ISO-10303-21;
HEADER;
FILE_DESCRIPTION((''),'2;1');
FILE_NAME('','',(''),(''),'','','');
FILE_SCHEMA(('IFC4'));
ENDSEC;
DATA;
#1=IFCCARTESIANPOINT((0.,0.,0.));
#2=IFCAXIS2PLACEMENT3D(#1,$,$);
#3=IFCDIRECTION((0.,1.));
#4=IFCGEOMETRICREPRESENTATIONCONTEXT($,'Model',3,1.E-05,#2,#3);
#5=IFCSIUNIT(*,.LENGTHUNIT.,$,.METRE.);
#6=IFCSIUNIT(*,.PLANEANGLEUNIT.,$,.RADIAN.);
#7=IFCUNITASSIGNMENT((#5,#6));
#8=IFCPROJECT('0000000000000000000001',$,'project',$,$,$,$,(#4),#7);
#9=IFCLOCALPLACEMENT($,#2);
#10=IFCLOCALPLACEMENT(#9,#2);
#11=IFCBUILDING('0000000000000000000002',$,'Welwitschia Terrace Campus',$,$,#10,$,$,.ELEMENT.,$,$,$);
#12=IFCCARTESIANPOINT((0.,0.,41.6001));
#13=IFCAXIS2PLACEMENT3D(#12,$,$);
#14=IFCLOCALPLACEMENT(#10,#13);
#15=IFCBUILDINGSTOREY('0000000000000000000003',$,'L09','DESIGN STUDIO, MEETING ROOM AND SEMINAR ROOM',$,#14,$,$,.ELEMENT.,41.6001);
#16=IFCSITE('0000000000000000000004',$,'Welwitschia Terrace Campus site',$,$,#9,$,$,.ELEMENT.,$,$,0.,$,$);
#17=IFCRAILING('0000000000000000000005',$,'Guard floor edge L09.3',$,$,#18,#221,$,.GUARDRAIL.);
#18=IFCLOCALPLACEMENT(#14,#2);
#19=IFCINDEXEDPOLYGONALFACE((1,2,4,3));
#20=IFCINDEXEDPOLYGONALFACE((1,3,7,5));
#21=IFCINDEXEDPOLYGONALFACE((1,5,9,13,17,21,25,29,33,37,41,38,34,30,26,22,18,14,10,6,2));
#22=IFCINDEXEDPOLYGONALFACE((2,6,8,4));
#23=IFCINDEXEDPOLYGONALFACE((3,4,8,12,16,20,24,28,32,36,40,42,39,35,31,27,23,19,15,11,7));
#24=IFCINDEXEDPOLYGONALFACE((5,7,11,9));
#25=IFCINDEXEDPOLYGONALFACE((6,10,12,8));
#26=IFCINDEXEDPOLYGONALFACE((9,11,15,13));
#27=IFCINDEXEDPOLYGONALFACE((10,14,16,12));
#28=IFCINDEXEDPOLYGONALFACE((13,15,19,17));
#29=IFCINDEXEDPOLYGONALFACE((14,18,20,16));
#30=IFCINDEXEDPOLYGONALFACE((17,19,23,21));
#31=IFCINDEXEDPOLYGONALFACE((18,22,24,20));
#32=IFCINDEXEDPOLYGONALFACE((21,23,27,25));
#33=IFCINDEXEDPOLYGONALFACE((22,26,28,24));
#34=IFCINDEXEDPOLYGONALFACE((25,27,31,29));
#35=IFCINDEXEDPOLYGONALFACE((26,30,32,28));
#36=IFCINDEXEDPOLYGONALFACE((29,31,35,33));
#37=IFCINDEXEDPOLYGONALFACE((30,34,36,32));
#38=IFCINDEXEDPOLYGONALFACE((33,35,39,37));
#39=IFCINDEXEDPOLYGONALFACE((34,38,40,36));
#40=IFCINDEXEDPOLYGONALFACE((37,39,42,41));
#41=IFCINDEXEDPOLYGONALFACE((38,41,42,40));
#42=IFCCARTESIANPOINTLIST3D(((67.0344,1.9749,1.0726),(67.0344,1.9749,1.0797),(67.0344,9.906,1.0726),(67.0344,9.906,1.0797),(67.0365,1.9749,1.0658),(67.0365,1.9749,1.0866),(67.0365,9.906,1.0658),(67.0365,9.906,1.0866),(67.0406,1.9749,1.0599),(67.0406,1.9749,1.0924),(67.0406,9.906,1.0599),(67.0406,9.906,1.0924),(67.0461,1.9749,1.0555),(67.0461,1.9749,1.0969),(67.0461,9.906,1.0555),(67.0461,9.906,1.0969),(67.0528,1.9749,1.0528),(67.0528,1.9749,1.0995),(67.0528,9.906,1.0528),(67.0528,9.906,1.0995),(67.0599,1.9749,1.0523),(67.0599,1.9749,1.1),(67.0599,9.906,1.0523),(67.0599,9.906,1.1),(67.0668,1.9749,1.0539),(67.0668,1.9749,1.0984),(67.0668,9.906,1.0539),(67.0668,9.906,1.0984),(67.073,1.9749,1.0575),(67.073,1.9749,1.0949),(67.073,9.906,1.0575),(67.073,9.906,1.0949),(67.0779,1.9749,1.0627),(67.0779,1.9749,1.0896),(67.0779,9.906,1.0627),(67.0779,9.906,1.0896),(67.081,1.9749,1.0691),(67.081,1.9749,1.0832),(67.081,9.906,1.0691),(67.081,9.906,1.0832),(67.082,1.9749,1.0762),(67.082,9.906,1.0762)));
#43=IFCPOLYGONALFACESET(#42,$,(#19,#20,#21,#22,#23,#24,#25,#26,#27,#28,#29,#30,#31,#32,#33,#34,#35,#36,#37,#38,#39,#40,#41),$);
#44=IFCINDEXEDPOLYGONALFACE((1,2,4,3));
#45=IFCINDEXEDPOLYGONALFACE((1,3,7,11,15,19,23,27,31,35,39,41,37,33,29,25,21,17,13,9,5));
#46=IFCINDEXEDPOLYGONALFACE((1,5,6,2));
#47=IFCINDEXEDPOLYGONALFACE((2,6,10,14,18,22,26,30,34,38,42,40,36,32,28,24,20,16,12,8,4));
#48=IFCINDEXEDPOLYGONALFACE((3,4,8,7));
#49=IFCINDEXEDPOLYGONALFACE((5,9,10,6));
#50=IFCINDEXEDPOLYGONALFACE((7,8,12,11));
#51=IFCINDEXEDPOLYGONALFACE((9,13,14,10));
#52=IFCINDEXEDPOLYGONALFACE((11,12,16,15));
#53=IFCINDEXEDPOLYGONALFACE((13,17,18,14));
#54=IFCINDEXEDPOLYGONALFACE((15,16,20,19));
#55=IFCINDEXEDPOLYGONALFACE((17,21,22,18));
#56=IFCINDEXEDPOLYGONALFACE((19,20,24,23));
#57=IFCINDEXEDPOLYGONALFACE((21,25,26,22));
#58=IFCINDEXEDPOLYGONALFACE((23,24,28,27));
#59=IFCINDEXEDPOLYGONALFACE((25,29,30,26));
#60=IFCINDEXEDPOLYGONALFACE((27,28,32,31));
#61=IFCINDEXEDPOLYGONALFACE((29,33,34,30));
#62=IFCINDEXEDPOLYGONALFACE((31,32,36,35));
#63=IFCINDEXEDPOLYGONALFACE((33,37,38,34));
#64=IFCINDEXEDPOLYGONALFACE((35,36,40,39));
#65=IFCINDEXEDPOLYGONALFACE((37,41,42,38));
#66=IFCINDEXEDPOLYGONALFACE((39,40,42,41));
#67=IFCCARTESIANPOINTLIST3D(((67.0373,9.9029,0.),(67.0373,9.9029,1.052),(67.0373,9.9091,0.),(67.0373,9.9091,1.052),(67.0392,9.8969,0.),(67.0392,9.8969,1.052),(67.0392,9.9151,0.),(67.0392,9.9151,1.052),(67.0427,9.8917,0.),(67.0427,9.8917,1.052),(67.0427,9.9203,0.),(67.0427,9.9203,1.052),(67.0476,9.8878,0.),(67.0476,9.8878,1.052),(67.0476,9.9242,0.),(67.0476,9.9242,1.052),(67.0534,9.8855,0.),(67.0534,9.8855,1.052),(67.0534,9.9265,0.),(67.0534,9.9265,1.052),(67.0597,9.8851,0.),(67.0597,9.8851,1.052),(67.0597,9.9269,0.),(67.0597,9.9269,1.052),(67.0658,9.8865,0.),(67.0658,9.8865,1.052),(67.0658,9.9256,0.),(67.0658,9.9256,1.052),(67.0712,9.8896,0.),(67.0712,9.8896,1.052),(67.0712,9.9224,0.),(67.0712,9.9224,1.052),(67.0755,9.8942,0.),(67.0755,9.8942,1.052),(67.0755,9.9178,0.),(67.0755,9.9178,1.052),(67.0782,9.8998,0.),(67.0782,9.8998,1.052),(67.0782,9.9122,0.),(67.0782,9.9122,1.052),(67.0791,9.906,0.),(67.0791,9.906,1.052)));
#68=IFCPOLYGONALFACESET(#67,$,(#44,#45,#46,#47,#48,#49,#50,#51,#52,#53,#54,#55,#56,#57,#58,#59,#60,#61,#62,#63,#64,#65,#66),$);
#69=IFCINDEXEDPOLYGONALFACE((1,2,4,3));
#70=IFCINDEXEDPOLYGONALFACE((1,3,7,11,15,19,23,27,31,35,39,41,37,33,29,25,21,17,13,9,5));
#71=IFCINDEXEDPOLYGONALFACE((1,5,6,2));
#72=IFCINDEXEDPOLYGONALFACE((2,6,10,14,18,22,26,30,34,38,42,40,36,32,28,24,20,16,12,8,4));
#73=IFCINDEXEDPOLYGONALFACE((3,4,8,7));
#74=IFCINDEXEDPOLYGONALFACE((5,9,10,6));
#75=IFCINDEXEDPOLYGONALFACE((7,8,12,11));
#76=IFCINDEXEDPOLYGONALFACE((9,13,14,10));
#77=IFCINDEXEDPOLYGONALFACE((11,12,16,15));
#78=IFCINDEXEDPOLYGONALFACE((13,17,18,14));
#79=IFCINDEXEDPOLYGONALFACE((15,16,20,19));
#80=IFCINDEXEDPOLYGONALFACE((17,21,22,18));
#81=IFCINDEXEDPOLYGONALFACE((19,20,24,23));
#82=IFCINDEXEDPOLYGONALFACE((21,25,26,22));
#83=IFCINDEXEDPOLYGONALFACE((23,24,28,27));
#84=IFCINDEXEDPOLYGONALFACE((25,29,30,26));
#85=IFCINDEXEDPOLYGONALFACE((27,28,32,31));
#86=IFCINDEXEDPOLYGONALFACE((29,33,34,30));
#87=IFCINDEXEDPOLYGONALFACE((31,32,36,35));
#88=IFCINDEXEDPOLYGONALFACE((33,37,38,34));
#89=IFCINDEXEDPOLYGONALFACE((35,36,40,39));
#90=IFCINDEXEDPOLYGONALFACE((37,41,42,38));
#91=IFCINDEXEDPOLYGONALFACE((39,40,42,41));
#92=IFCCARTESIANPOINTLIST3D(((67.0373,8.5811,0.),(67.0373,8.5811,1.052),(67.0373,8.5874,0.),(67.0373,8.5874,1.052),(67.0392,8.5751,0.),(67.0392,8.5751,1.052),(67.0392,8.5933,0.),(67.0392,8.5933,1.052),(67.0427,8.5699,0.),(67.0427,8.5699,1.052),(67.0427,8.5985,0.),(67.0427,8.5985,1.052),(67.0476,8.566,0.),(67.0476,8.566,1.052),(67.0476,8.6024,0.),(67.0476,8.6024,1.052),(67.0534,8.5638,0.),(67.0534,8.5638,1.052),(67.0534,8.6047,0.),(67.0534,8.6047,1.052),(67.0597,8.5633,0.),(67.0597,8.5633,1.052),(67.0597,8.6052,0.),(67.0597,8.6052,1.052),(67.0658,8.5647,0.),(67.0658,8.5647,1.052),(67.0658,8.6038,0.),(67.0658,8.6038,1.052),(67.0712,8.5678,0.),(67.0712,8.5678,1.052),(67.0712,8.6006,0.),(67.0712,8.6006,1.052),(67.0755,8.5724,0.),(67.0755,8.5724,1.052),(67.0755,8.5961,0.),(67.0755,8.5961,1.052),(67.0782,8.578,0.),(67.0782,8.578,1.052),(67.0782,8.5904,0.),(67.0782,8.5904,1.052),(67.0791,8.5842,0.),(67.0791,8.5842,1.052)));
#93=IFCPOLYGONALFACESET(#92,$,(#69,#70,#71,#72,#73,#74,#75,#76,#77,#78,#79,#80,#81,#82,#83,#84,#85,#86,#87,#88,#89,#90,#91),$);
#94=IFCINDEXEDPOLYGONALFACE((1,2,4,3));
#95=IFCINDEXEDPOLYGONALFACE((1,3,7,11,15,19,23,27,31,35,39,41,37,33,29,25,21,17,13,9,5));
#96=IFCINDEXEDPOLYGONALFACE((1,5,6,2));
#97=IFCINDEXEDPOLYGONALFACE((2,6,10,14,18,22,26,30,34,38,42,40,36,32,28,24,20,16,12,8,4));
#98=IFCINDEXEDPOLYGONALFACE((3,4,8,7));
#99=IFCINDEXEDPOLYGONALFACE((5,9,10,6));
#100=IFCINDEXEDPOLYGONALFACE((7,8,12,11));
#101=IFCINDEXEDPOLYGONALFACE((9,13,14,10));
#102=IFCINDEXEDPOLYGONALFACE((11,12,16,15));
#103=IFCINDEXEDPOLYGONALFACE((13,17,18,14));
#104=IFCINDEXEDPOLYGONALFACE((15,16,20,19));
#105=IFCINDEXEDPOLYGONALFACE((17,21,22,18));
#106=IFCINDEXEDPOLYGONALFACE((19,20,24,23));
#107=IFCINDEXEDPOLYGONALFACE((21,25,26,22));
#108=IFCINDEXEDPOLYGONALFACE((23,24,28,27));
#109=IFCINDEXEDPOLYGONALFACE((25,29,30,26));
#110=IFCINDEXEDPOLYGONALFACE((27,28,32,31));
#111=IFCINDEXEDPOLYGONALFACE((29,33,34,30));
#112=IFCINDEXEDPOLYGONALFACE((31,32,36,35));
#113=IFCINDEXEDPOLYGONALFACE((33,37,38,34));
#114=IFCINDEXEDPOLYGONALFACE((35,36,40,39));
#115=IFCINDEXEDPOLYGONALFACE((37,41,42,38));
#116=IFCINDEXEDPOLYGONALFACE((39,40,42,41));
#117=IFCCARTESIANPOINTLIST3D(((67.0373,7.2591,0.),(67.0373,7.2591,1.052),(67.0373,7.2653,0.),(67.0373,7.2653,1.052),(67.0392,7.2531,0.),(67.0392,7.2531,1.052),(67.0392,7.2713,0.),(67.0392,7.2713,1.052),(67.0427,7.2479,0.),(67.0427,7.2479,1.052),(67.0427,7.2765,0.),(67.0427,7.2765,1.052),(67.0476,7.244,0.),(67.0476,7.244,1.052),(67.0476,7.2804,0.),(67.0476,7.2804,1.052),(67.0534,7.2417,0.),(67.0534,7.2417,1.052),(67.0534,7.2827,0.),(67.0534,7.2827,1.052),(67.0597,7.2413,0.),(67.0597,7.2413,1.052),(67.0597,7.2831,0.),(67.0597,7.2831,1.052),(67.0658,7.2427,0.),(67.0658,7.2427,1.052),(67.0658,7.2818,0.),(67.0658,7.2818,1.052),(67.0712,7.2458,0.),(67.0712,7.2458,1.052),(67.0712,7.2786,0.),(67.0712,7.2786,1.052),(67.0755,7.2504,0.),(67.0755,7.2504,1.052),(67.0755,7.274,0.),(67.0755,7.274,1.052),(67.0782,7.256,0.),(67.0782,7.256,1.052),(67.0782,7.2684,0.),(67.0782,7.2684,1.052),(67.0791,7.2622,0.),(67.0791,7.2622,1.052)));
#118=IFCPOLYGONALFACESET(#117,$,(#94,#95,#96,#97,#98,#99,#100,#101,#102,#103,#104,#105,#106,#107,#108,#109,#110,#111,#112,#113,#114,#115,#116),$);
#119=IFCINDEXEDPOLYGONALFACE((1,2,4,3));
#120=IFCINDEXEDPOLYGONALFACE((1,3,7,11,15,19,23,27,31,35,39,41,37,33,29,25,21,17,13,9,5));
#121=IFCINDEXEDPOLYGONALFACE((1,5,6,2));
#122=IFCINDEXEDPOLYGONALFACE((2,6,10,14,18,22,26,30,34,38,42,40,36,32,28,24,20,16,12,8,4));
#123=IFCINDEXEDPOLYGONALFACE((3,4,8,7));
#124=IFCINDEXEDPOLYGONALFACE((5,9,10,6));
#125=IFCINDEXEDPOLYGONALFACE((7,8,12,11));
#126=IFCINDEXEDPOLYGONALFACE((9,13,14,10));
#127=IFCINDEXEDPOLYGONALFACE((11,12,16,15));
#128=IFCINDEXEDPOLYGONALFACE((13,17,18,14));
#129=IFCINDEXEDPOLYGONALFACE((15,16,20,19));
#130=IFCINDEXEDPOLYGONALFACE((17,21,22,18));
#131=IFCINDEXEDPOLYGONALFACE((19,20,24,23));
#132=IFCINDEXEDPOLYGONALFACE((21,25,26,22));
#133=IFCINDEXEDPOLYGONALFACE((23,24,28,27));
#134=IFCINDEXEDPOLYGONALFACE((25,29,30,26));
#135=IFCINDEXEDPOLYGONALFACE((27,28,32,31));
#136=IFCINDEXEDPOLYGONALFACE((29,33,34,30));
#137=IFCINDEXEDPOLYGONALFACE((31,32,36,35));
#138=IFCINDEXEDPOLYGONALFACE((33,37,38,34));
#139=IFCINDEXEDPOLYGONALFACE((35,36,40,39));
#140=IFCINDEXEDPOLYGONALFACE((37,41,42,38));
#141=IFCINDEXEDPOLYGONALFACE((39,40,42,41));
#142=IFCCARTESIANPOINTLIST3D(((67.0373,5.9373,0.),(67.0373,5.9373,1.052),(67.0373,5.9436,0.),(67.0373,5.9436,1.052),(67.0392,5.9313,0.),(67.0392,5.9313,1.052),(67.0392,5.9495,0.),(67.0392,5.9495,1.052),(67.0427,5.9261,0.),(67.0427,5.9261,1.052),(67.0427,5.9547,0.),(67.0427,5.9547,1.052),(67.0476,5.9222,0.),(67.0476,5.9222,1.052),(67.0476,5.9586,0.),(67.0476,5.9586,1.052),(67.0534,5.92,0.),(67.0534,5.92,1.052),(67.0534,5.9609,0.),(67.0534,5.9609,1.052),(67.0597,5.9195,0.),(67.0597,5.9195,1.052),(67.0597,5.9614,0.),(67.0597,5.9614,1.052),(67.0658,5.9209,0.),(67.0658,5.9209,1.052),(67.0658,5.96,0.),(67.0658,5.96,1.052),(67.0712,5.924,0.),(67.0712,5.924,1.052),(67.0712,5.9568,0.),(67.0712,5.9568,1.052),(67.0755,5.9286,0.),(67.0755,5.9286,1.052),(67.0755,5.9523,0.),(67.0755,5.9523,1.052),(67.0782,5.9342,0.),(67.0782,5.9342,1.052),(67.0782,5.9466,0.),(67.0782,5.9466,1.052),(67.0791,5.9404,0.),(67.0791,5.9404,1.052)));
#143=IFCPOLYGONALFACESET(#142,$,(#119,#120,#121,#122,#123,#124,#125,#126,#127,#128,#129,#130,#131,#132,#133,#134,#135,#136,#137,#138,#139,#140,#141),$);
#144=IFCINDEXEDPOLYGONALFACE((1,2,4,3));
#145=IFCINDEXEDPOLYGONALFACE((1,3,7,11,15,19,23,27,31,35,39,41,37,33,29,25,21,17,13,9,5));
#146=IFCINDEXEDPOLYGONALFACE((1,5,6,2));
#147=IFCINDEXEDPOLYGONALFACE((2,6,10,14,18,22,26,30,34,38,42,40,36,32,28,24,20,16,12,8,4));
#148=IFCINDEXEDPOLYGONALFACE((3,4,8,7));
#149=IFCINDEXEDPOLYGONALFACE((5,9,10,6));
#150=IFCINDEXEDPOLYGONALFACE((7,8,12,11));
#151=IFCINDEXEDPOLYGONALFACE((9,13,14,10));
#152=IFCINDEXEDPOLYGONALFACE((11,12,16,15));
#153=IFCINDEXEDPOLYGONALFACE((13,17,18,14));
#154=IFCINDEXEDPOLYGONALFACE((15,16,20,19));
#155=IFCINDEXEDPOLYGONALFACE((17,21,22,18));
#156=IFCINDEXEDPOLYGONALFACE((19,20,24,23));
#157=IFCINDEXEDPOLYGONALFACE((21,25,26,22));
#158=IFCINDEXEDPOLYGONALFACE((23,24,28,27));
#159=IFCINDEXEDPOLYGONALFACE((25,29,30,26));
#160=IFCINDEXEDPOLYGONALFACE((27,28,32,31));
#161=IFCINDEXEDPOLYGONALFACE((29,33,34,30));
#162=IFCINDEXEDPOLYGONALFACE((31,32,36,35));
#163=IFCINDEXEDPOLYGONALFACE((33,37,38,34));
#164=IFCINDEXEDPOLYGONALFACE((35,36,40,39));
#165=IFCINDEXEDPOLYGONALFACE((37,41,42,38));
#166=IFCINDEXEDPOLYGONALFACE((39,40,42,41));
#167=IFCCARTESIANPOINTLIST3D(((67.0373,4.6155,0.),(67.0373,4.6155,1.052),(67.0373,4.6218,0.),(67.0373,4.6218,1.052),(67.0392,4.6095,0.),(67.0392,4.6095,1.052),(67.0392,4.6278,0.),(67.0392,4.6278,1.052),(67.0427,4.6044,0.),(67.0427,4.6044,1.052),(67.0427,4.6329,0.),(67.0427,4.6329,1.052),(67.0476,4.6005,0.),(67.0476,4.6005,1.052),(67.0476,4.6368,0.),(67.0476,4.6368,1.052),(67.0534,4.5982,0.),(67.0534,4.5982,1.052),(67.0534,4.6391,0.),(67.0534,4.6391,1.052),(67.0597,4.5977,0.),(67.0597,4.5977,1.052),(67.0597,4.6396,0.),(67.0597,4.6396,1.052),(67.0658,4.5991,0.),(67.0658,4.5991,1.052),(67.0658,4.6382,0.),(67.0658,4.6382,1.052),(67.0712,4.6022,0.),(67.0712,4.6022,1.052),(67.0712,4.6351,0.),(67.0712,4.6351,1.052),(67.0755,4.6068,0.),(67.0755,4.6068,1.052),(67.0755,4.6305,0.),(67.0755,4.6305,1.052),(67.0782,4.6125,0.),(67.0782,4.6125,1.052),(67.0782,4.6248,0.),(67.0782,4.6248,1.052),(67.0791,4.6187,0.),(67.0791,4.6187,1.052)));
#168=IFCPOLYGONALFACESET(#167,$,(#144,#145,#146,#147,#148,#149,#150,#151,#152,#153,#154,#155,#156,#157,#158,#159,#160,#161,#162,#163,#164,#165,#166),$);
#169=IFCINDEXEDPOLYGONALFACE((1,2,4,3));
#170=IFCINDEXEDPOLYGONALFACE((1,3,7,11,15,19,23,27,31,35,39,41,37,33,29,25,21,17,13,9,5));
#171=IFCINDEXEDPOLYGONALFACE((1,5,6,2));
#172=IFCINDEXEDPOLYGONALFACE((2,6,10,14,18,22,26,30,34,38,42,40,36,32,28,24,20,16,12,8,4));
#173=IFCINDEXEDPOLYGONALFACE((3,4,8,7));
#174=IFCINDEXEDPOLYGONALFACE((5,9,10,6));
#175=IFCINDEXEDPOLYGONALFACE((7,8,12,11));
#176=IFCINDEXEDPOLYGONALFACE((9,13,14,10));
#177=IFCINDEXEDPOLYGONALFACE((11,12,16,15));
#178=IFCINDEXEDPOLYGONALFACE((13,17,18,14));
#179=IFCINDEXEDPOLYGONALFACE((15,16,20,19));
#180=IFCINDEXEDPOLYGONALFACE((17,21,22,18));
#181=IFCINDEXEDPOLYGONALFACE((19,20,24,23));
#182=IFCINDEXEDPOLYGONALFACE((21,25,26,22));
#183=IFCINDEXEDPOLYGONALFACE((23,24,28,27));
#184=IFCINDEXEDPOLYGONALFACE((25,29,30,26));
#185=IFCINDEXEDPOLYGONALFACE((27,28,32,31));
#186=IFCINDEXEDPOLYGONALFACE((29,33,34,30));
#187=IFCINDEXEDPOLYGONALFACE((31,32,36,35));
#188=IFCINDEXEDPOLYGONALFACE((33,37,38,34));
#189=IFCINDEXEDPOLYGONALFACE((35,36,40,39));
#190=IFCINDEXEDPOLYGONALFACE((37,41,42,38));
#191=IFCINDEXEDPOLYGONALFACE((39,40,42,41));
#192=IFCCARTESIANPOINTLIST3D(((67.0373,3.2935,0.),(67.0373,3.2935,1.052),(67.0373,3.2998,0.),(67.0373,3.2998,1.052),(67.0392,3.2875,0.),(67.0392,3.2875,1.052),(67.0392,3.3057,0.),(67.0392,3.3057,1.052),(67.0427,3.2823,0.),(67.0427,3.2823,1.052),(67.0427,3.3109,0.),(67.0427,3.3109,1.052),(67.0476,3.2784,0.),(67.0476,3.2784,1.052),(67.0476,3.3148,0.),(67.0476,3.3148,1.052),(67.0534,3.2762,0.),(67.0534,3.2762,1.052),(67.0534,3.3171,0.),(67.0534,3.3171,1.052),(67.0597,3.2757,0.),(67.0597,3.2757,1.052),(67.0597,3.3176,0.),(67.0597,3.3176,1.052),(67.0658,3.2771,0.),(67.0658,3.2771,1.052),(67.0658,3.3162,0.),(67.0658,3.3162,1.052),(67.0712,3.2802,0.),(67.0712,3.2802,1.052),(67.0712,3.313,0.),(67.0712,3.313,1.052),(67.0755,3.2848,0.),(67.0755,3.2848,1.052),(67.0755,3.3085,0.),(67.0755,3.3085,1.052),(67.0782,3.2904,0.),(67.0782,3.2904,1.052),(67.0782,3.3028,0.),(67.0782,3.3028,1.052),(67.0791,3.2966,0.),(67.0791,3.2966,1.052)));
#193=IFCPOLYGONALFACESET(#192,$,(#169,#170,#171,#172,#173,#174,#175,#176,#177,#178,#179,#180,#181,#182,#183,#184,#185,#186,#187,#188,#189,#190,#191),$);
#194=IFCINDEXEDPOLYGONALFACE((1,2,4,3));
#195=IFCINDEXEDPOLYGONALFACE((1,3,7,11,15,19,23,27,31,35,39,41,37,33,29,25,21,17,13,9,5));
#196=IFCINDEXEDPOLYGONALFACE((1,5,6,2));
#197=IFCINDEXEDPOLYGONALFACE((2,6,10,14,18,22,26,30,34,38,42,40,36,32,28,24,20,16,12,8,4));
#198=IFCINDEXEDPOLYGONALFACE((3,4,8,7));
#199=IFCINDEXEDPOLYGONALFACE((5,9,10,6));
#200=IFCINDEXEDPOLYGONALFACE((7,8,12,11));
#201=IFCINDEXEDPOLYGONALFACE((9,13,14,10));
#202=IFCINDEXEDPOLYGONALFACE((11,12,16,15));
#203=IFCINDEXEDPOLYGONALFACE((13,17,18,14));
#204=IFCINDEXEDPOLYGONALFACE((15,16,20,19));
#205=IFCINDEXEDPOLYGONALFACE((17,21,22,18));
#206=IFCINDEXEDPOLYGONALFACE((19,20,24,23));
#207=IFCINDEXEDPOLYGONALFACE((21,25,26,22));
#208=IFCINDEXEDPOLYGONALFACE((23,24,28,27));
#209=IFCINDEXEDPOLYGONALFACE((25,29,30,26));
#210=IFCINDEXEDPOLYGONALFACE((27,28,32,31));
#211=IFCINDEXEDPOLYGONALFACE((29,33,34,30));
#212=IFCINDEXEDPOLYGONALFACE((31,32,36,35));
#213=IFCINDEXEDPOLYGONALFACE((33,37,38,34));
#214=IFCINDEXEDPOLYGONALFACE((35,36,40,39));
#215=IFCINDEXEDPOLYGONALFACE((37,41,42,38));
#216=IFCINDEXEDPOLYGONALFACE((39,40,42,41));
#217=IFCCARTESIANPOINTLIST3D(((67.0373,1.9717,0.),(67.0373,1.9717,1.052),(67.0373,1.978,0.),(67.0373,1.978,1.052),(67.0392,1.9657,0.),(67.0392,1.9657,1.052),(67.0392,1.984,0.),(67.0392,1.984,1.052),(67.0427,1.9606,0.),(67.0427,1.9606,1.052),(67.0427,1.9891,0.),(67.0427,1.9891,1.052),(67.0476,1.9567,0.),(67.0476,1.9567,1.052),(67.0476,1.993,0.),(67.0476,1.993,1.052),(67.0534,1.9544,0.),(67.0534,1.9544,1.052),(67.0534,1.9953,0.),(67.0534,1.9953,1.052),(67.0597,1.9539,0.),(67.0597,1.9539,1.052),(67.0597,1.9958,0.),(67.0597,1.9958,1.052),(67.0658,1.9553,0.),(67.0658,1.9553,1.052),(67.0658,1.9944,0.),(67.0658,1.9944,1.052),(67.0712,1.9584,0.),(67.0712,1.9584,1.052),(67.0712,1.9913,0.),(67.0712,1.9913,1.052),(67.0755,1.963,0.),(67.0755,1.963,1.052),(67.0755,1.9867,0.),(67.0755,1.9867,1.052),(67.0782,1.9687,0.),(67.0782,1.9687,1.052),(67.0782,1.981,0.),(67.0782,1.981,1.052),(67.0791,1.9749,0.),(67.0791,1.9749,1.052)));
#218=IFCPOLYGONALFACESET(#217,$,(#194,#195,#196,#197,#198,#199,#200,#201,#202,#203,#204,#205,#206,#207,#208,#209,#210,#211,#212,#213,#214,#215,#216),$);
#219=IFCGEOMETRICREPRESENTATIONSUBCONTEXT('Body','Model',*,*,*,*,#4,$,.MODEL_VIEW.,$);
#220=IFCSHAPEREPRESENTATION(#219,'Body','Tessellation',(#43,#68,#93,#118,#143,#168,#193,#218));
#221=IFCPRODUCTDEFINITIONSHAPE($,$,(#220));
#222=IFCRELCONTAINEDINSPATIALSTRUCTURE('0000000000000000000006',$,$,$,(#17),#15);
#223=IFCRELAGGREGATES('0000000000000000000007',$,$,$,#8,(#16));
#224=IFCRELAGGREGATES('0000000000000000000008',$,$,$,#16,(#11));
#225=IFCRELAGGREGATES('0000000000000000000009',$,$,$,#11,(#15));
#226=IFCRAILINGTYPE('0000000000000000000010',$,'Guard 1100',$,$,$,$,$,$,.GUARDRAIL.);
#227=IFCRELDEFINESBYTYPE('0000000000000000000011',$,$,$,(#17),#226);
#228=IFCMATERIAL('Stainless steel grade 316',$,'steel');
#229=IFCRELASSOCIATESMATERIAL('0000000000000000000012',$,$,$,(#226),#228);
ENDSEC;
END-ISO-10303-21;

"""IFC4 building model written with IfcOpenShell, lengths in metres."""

from ifc_helpers import new_model, si_unit, direction, frame, origin, origin_2d, place, context, subcontext, project, spatial, circle, extrude, material, type_object, element, save


model = new_model("IFC4")

# Units and contexts
model_context = context("Model", 3, precision=1e-05, world=origin(), true_north=direction((0.0, 1.0)))
body_context = subcontext(model_context, "Body", "Model", "MODEL_VIEW")
ifc_project = project(units=[si_unit("LENGTHUNIT", "METRE"), si_unit("PLANEANGLEUNIT", "RADIAN")], contexts=[model_context])

# Site, building, storey
site_placement = place(None, origin())
site = spatial("IfcSite", under=ifc_project, at=site_placement, Name="Welwitschia Terrace Campus site", CompositionType="ELEMENT", RefElevation=0.0)
building_placement = place(site_placement, origin())
building = spatial("IfcBuilding", under=site, at=building_placement, Name="Welwitschia Terrace Campus", CompositionType="ELEMENT")
storey_placement = place(building_placement, frame((0.0, 0.0, 41.6001)))
storey = spatial("IfcBuildingStorey", under=building, at=storey_placement, Name="L09", Description="DESIGN STUDIO, MEETING ROOM AND SEMINAR ROOM", CompositionType="ELEMENT", Elevation=41.6001)

# Railing
ifc_material_1 = material(Name="Stainless steel grade 316", Category="steel")
railing_type = type_object("IfcRailingType", Name="Guard 1100", PredefinedType="GUARDRAIL", material=ifc_material_1)
railing_1_placement = place(storey_placement, frame((67.0581, 9.906, 0.0)))
element("IfcRailing", 1, at=railing_1_placement, inside=storey, type_object=railing_type, Name="Guard floor edge L09.3", PredefinedType="GUARDRAIL", context=body_context, shape_type="SweptSolid", body=[
    extrude(circle(Radius=0.0239, at=origin_2d()), frame((0.0, 0.0, 1.0762), z_axis=(0.0, -1.0, 0.0), x_axis=(1.0, 0.0, 0.0)), (0.0, 0.0, 1.0), 7.9312),
    extrude(circle(Radius=0.021, at=origin_2d()), origin(), (0.0, 0.0, 1.0), 1.052),
    extrude(circle(Radius=0.021, at=origin_2d()), frame((0.0, -1.3218, 0.0)), (0.0, 0.0, 1.0), 1.052),
    extrude(circle(Radius=0.021, at=origin_2d()), frame((0.0, -2.6438, 0.0)), (0.0, 0.0, 1.0), 1.052),
    extrude(circle(Radius=0.021, at=origin_2d()), frame((0.0, -3.9656, 0.0)), (0.0, 0.0, 1.0), 1.052),
    extrude(circle(Radius=0.021, at=origin_2d()), frame((0.0, -5.2874, 0.0)), (0.0, 0.0, 1.0), 1.052),
    extrude(circle(Radius=0.021, at=origin_2d()), frame((0.0, -6.6094, 0.0)), (0.0, 0.0, 1.0), 1.052),
    extrude(circle(Radius=0.021, at=origin_2d()), frame((0.0, -7.9312, 0.0)), (0.0, 0.0, 1.0), 1.052),
])

save(model, "model.ifc")
